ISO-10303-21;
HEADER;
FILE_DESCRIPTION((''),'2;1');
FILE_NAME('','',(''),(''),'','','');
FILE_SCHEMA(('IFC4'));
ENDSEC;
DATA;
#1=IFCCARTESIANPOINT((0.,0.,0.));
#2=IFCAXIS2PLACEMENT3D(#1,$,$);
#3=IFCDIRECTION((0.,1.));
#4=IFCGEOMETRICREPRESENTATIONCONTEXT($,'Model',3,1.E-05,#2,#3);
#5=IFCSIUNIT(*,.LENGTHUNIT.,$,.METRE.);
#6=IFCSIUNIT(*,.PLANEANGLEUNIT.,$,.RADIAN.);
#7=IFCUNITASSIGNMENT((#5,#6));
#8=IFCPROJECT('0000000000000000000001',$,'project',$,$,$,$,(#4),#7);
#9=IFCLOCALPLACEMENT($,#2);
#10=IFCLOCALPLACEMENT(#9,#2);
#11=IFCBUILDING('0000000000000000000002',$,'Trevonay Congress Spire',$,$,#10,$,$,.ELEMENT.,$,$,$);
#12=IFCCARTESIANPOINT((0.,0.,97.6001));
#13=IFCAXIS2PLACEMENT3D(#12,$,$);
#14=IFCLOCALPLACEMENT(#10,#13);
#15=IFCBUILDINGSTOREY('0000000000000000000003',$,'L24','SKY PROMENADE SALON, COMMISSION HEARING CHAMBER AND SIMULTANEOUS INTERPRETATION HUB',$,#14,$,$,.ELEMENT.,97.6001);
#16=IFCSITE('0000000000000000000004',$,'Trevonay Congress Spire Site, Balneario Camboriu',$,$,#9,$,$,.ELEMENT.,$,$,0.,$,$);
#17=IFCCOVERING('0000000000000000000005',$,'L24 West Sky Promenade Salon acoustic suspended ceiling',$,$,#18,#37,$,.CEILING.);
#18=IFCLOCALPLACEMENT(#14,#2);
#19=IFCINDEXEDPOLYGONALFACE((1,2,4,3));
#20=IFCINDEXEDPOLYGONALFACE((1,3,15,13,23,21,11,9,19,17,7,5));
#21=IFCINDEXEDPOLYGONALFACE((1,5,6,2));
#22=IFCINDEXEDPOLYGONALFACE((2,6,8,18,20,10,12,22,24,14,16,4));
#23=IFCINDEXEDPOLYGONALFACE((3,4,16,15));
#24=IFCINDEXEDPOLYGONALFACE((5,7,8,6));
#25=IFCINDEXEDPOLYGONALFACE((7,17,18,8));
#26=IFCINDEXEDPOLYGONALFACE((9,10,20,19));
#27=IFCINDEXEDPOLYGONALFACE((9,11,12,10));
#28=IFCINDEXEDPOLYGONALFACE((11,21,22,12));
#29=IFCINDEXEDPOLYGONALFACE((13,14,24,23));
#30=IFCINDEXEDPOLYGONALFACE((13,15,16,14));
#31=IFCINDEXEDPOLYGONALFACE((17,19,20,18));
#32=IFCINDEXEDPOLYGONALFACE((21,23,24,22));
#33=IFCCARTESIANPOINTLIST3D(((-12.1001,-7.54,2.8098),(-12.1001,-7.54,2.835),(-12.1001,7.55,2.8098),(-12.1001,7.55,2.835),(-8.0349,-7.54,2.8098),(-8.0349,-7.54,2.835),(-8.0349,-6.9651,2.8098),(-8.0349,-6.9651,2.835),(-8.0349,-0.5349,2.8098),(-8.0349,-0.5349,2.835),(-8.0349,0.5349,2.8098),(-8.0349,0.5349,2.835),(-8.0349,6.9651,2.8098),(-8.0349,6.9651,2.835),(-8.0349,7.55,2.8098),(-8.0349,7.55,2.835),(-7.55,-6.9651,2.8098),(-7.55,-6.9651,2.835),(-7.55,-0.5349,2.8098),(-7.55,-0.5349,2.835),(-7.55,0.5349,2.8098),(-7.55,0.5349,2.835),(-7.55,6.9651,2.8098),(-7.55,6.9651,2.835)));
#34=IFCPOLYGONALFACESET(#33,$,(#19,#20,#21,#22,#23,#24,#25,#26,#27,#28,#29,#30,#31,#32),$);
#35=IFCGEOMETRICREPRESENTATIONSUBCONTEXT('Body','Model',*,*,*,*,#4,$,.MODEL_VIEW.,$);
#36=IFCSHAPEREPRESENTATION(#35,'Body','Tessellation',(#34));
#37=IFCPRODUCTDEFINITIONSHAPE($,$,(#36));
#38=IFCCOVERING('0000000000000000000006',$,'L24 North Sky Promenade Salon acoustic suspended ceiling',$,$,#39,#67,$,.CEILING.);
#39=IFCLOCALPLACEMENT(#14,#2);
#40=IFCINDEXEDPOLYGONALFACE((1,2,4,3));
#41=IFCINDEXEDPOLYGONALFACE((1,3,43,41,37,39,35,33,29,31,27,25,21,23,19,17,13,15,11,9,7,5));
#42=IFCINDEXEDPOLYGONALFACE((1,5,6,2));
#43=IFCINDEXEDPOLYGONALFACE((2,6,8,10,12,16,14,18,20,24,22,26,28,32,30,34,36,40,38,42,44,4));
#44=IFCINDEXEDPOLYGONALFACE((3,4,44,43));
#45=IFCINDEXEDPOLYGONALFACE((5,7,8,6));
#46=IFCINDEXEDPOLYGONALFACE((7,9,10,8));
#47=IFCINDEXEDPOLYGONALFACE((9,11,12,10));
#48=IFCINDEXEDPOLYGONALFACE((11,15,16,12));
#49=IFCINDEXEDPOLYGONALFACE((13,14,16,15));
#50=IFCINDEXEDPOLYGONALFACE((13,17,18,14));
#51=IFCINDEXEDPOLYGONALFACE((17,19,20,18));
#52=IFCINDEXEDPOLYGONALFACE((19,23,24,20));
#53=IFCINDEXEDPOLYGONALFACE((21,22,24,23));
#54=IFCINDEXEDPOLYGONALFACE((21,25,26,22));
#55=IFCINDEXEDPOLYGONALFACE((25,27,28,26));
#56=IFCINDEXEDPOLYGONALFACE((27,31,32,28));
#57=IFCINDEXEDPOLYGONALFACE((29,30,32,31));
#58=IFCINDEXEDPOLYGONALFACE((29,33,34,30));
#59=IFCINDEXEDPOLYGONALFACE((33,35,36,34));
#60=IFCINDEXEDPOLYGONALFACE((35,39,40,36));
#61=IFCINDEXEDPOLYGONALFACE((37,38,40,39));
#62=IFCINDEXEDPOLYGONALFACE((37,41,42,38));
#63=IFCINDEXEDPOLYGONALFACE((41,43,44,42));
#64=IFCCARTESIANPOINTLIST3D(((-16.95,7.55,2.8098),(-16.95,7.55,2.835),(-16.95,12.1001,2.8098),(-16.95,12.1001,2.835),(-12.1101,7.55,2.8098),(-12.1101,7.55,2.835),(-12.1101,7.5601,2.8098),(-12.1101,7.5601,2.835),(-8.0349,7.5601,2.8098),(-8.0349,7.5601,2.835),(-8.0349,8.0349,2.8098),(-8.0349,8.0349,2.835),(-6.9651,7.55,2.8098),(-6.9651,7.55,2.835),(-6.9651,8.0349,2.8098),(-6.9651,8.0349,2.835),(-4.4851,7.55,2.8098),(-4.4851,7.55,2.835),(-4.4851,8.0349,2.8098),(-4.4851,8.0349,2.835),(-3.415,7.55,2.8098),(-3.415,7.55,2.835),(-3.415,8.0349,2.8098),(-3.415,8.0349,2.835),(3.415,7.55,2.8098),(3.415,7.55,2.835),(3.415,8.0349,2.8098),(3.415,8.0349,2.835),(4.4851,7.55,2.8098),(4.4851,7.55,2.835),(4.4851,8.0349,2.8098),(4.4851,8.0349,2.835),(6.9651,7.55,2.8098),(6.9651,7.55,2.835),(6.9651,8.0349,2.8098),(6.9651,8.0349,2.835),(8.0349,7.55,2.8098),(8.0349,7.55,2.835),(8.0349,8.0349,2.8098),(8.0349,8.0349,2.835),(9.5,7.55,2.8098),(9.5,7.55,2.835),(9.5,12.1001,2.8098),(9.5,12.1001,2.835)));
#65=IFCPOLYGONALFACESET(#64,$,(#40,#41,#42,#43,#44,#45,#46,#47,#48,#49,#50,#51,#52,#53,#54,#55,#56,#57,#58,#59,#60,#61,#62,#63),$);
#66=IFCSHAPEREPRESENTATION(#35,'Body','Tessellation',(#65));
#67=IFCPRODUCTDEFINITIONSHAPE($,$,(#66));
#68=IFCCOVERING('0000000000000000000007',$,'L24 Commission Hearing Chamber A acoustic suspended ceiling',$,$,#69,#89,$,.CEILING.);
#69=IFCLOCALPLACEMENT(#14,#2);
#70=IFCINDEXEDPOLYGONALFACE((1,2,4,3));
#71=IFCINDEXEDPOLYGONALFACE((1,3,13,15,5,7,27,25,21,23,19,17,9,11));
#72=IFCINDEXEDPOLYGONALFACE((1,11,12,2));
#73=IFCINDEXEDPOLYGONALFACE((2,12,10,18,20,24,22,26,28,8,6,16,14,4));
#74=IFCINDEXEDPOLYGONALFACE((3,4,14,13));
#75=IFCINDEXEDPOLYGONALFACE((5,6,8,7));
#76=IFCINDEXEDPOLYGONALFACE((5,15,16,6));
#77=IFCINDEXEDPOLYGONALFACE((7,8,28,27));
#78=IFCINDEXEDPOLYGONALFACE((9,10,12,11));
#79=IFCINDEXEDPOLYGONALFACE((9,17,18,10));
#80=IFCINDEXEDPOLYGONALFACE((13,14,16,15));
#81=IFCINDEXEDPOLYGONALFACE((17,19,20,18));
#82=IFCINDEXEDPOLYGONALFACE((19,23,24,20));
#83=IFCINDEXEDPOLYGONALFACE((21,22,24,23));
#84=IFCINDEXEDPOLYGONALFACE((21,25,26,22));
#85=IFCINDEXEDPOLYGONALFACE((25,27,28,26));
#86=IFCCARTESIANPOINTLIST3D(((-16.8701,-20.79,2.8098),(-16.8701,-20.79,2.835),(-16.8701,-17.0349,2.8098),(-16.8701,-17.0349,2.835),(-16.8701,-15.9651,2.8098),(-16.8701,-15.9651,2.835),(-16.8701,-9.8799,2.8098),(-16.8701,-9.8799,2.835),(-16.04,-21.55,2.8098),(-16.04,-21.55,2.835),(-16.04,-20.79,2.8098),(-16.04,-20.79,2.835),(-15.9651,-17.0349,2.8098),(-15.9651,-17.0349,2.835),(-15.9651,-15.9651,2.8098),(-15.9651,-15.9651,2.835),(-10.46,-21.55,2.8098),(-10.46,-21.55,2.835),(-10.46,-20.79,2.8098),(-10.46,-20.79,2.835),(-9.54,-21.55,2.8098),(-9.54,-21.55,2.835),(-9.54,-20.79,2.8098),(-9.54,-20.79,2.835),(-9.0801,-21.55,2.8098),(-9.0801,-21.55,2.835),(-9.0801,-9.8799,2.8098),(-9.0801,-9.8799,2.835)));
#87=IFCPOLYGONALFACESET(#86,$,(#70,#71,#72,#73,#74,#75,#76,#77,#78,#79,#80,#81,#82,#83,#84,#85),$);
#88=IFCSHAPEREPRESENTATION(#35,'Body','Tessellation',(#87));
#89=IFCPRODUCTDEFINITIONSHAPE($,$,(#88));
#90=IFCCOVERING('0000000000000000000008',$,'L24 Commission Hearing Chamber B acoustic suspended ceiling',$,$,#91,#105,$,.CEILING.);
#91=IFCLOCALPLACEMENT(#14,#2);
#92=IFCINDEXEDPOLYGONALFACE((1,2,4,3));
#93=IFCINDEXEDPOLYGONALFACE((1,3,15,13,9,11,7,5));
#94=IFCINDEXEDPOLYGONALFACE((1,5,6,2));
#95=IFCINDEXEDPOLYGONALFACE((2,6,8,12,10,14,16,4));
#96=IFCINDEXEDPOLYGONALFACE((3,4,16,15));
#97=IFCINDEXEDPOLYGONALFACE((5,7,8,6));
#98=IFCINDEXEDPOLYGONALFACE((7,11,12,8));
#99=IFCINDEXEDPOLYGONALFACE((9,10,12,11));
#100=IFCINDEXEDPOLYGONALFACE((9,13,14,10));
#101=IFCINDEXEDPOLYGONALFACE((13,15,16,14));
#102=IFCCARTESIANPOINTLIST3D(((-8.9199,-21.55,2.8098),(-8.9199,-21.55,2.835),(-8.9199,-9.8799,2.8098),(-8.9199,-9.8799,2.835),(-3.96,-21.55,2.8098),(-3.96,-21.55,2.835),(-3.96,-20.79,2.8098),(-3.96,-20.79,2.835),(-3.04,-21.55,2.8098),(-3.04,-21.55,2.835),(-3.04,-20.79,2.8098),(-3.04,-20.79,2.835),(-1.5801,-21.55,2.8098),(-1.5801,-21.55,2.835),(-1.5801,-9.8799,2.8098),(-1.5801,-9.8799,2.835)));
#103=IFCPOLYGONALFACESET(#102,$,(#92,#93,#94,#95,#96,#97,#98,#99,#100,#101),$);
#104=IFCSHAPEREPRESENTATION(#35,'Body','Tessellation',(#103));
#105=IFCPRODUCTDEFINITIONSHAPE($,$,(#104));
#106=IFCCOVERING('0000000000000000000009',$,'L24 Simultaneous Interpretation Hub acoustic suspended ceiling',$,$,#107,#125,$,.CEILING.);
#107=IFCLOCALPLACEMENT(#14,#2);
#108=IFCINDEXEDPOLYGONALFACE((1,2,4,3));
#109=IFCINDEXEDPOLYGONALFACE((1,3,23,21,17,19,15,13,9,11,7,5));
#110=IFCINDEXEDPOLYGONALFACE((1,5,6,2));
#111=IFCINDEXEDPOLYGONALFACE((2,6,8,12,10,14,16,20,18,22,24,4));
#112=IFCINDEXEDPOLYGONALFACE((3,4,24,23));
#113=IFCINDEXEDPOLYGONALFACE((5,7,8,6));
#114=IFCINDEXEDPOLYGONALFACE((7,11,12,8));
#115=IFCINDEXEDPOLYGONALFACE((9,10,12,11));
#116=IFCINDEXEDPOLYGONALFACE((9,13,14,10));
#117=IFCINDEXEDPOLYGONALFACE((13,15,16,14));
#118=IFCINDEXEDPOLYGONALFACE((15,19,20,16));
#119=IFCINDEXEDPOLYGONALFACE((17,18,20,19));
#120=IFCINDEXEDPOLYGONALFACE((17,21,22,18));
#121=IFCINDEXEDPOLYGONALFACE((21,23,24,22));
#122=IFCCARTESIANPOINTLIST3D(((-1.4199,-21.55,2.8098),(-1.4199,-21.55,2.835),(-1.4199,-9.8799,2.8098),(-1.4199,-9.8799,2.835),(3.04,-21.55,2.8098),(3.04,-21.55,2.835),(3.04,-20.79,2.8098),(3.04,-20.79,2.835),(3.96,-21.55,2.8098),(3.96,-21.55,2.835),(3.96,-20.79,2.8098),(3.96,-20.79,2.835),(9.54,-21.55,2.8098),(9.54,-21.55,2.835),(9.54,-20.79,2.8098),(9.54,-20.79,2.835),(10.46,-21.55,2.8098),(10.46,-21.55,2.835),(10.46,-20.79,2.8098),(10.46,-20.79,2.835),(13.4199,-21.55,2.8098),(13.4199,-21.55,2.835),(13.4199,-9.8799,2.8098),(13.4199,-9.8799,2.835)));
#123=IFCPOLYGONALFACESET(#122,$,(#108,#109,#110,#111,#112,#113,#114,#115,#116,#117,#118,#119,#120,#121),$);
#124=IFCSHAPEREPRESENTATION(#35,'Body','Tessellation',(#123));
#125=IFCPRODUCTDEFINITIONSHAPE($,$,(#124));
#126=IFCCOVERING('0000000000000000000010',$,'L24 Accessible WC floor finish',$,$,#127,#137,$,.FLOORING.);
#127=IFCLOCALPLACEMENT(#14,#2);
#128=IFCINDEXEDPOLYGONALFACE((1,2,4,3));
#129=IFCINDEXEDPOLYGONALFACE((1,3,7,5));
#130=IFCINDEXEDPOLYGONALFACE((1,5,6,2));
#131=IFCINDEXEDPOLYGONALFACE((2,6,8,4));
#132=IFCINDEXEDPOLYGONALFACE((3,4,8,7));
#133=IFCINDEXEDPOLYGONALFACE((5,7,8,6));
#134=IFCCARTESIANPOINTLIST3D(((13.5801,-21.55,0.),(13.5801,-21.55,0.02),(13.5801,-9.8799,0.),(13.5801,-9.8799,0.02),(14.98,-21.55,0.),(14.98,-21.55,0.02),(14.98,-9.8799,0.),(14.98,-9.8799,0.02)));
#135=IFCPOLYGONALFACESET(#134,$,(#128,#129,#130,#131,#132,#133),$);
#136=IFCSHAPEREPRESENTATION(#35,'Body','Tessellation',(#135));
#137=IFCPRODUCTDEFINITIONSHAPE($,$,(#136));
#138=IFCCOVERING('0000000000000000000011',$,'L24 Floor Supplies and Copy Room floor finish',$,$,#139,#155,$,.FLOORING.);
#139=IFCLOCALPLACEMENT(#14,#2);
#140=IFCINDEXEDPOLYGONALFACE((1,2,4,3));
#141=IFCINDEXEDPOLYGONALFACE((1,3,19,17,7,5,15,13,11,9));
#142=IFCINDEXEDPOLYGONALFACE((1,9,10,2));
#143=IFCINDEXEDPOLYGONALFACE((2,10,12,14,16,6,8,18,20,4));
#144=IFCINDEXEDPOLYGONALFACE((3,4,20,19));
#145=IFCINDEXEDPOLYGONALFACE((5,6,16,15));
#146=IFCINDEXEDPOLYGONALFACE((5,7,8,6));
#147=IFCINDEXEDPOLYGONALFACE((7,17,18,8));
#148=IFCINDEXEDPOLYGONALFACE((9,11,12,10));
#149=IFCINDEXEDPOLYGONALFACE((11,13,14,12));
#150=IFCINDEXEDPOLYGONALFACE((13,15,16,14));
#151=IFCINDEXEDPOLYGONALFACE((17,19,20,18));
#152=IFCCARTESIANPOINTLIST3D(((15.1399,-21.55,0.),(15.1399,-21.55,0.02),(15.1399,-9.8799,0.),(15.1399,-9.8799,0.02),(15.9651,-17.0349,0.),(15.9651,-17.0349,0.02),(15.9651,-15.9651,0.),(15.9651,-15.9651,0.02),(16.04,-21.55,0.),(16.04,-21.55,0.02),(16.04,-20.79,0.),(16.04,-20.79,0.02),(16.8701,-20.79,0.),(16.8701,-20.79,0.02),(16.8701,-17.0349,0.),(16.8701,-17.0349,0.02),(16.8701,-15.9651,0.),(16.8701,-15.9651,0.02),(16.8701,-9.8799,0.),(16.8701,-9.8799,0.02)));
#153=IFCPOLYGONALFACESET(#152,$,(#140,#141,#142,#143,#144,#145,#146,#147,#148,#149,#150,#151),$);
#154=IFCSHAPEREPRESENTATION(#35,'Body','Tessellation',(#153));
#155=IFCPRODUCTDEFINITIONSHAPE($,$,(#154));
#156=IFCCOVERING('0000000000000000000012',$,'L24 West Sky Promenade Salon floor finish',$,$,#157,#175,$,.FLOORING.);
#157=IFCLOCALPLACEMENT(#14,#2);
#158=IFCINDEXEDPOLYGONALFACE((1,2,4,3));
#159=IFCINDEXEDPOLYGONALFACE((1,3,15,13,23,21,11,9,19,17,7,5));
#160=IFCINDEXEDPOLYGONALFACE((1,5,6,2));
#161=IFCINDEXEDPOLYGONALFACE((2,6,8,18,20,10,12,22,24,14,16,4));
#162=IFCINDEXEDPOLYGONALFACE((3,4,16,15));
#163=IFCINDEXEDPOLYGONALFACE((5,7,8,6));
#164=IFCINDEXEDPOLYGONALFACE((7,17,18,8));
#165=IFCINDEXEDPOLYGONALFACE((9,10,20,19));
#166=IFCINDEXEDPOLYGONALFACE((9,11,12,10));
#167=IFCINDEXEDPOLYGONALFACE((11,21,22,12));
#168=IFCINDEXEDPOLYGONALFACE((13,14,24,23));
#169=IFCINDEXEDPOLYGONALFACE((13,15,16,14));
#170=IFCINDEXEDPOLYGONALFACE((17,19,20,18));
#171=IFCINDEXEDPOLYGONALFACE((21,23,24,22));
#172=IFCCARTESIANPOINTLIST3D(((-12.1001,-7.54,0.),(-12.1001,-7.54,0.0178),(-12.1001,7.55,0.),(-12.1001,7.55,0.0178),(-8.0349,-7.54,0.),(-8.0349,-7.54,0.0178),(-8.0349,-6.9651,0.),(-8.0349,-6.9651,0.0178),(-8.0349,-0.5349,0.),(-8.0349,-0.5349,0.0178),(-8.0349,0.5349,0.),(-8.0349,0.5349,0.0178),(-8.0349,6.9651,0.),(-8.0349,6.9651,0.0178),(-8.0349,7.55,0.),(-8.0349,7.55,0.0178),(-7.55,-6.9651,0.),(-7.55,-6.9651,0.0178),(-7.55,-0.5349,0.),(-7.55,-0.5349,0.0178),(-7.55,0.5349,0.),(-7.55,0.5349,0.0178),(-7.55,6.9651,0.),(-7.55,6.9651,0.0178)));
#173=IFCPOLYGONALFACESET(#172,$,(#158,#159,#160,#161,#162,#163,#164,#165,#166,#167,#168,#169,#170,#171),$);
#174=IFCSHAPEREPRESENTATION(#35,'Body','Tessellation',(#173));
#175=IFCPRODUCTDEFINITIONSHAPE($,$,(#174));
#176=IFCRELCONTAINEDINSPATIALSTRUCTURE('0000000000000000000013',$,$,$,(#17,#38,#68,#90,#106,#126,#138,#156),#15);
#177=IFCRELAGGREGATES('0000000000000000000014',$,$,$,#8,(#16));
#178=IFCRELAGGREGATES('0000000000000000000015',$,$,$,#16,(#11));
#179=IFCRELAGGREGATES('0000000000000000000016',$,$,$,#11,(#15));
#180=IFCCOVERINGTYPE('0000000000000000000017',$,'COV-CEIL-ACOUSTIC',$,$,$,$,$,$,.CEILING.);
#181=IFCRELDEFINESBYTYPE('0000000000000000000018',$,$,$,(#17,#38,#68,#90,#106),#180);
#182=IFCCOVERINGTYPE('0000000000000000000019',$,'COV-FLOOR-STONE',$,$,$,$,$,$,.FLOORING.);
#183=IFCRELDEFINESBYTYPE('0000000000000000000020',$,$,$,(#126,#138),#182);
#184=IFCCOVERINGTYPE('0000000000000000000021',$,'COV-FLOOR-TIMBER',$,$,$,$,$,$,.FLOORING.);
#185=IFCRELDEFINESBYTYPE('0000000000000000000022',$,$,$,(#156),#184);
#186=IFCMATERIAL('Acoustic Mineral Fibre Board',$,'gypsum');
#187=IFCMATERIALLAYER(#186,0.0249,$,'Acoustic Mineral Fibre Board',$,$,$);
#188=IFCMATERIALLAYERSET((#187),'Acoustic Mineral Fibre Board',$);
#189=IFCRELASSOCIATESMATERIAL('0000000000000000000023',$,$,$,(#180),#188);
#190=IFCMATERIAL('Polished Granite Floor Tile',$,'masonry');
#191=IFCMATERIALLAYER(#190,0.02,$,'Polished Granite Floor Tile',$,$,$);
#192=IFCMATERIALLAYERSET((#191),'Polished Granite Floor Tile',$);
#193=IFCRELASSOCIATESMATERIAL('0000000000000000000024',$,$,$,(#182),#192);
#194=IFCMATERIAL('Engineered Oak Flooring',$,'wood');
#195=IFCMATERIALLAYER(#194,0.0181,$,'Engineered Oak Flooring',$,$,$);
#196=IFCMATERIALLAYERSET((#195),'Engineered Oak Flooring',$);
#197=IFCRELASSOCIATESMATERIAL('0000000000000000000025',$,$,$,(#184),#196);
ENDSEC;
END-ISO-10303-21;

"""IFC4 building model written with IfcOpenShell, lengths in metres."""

from ifc_helpers import new_model, si_unit, direction, frame, origin, place, context, subcontext, project, spatial, polyline, outline, extrude, material, layer, layer_set, type_object, element, save


model = new_model("IFC4")

# Units and contexts
model_context = context("Model", 3, precision=1e-05, world=origin(), true_north=direction((0.0, 1.0)))
body_context = subcontext(model_context, "Body", "Model", "MODEL_VIEW")
ifc_project = project(units=[si_unit("LENGTHUNIT", "METRE"), si_unit("PLANEANGLEUNIT", "RADIAN")], contexts=[model_context])

# Site, building, storey
site_placement = place(None, origin())
site = spatial("IfcSite", under=ifc_project, at=site_placement, Name="Trevonay Congress Spire Site, Balneario Camboriu", CompositionType="ELEMENT", RefElevation=0.0)
building_placement = place(site_placement, origin())
building = spatial("IfcBuilding", under=site, at=building_placement, Name="Trevonay Congress Spire", CompositionType="ELEMENT")
storey_placement = place(building_placement, frame((0.0, 0.0, 97.6001)))
storey = spatial("IfcBuildingStorey", under=building, at=storey_placement, Name="L24", Description="SKY PROMENADE SALON, COMMISSION HEARING CHAMBER AND SIMULTANEOUS INTERPRETATION HUB", CompositionType="ELEMENT", Elevation=97.6001)

# Coverings
ifc_material_1 = material(Name="Acoustic Mineral Fibre Board", Category="gypsum")
ifc_layer_1 = layer(ifc_material_1, 0.0249, Name="Acoustic Mineral Fibre Board")
ifc_layer_set_1 = layer_set([ifc_layer_1], Name="Acoustic Mineral Fibre Board")
covering_type_1 = type_object("IfcCoveringType", Name="COV-CEIL-ACOUSTIC", PredefinedType="CEILING", material=ifc_layer_set_1)
covering_1_placement = place(storey_placement, frame((0.0, 0.0, 2.8098)))
element("IfcCovering", 1, at=covering_1_placement, inside=storey, type_object=covering_type_1, Name="L24 West Sky Promenade Salon acoustic suspended ceiling", PredefinedType="CEILING", context=body_context, shape_type="SweptSolid", body=[
    extrude(outline(polyline([(-12.1001, 7.55), (-8.0349, 7.55), (-8.0349, 6.9651), (-7.55, 6.9651), (-7.55, 0.5349), (-8.0349, 0.5349), (-8.0349, -0.5349), (-7.55, -0.5349), (-7.55, -6.9651), (-8.0349, -6.9651), (-8.0349, -7.54), (-12.1001, -7.54), (-12.1001, 7.55)])), origin(), (0.0, 0.0, 1.0), 0.0251),
])
covering_2_placement = place(storey_placement, frame((0.0, 0.0, 2.8098)))
element("IfcCovering", 2, at=covering_2_placement, inside=storey, type_object=covering_type_1, Name="L24 North Sky Promenade Salon acoustic suspended ceiling", PredefinedType="CEILING", context=body_context, shape_type="SweptSolid", body=[
    extrude(outline(polyline([(-16.95, 12.1001), (9.5, 12.1001), (9.5, 7.55), (8.0349, 7.55), (8.0349, 8.0349), (6.9651, 8.0349), (6.9651, 7.55), (4.4851, 7.55), (4.4851, 8.0349), (3.415, 8.0349), (3.415, 7.55), (-3.415, 7.55), (-3.415, 8.0349), (-4.4851, 8.0349), (-4.4851, 7.55), (-6.9651, 7.55), (-6.9651, 8.0349), (-8.0349, 8.0349), (-8.0349, 7.5601), (-12.1101, 7.5601), (-12.1101, 7.55), (-16.95, 7.55), (-16.95, 12.1001)])), origin(), (0.0, 0.0, 1.0), 0.0251),
])
covering_3_placement = place(storey_placement, frame((0.0, 0.0, 2.8098)))
element("IfcCovering", 3, at=covering_3_placement, inside=storey, type_object=covering_type_1, Name="L24 Commission Hearing Chamber A acoustic suspended ceiling", PredefinedType="CEILING", context=body_context, shape_type="SweptSolid", body=[
    extrude(outline(polyline([(-16.04, -21.55), (-16.04, -20.79), (-16.8701, -20.79), (-16.8701, -17.0349), (-15.9651, -17.0349), (-15.9651, -15.9651), (-16.8701, -15.9651), (-16.8701, -9.8799), (-9.0801, -9.8799), (-9.0801, -21.55), (-9.54, -21.55), (-9.54, -20.79), (-10.46, -20.79), (-10.46, -21.55), (-16.04, -21.55)])), origin(), (0.0, 0.0, 1.0), 0.0251),
])
covering_4_placement = place(storey_placement, frame((0.0, 0.0, 2.8098)))
element("IfcCovering", 4, at=covering_4_placement, inside=storey, type_object=covering_type_1, Name="L24 Commission Hearing Chamber B acoustic suspended ceiling", PredefinedType="CEILING", context=body_context, shape_type="SweptSolid", body=[
    extrude(outline(polyline([(-8.9199, -21.55), (-8.9199, -9.8799), (-1.5801, -9.8799), (-1.5801, -21.55), (-3.04, -21.55), (-3.04, -20.79), (-3.96, -20.79), (-3.96, -21.55), (-8.9199, -21.55)])), origin(), (0.0, 0.0, 1.0), 0.0251),
])
covering_5_placement = place(storey_placement, frame((0.0, 0.0, 2.8098)))
element("IfcCovering", 5, at=covering_5_placement, inside=storey, type_object=covering_type_1, Name="L24 Simultaneous Interpretation Hub acoustic suspended ceiling", PredefinedType="CEILING", context=body_context, shape_type="SweptSolid", body=[
    extrude(outline(polyline([(-1.4199, -21.55), (-1.4199, -9.8799), (13.4199, -9.8799), (13.4199, -21.55), (10.46, -21.55), (10.46, -20.79), (9.54, -20.79), (9.54, -21.55), (3.96, -21.55), (3.96, -20.79), (3.04, -20.79), (3.04, -21.55), (-1.4199, -21.55)])), origin(), (0.0, 0.0, 1.0), 0.0251),
])
ifc_material_2 = material(Name="Polished Granite Floor Tile", Category="masonry")
ifc_layer_2 = layer(ifc_material_2, 0.02, Name="Polished Granite Floor Tile")
ifc_layer_set_2 = layer_set([ifc_layer_2], Name="Polished Granite Floor Tile")
covering_type_2 = type_object("IfcCoveringType", Name="COV-FLOOR-STONE", PredefinedType="FLOORING", material=ifc_layer_set_2)
covering_6_placement = place(storey_placement, origin())
element("IfcCovering", 6, at=covering_6_placement, inside=storey, type_object=covering_type_2, Name="L24 Accessible WC floor finish", PredefinedType="FLOORING", context=body_context, shape_type="SweptSolid", body=[
    extrude(outline(polyline([(13.5801, -21.55), (14.98, -21.55), (14.98, -9.8799), (13.5801, -9.8799), (13.5801, -21.55)])), origin(), (0.0, 0.0, 1.0), 0.02),
])
covering_7_placement = place(storey_placement, origin())
element("IfcCovering", 7, at=covering_7_placement, inside=storey, type_object=covering_type_2, Name="L24 Floor Supplies and Copy Room floor finish", PredefinedType="FLOORING", context=body_context, shape_type="SweptSolid", body=[
    extrude(outline(polyline([(15.1399, -21.55), (15.1399, -9.8799), (16.8701, -9.8799), (16.8701, -15.9651), (15.9651, -15.9651), (15.9651, -17.0349), (16.8701, -17.0349), (16.8701, -20.79), (16.04, -20.79), (16.04, -21.55), (15.1399, -21.55)])), origin(), (0.0, 0.0, 1.0), 0.02),
])
ifc_material_3 = material(Name="Engineered Oak Flooring", Category="wood")
ifc_layer_3 = layer(ifc_material_3, 0.0181, Name="Engineered Oak Flooring")
ifc_layer_set_3 = layer_set([ifc_layer_3], Name="Engineered Oak Flooring")
covering_type_3 = type_object("IfcCoveringType", Name="COV-FLOOR-TIMBER", PredefinedType="FLOORING", material=ifc_layer_set_3)
covering_8_placement = place(storey_placement, origin())
element("IfcCovering", 8, at=covering_8_placement, inside=storey, type_object=covering_type_3, Name="L24 West Sky Promenade Salon floor finish", PredefinedType="FLOORING", context=body_context, shape_type="SweptSolid", body=[
    extrude(outline(polyline([(-12.1001, 7.55), (-8.0349, 7.55), (-8.0349, 6.9651), (-7.55, 6.9651), (-7.55, 0.5349), (-8.0349, 0.5349), (-8.0349, -0.5349), (-7.55, -0.5349), (-7.55, -6.9651), (-8.0349, -6.9651), (-8.0349, -7.54), (-12.1001, -7.54), (-12.1001, 7.55)])), origin(), (0.0, 0.0, 1.0), 0.0178),
])

save(model, "model.ifc")
